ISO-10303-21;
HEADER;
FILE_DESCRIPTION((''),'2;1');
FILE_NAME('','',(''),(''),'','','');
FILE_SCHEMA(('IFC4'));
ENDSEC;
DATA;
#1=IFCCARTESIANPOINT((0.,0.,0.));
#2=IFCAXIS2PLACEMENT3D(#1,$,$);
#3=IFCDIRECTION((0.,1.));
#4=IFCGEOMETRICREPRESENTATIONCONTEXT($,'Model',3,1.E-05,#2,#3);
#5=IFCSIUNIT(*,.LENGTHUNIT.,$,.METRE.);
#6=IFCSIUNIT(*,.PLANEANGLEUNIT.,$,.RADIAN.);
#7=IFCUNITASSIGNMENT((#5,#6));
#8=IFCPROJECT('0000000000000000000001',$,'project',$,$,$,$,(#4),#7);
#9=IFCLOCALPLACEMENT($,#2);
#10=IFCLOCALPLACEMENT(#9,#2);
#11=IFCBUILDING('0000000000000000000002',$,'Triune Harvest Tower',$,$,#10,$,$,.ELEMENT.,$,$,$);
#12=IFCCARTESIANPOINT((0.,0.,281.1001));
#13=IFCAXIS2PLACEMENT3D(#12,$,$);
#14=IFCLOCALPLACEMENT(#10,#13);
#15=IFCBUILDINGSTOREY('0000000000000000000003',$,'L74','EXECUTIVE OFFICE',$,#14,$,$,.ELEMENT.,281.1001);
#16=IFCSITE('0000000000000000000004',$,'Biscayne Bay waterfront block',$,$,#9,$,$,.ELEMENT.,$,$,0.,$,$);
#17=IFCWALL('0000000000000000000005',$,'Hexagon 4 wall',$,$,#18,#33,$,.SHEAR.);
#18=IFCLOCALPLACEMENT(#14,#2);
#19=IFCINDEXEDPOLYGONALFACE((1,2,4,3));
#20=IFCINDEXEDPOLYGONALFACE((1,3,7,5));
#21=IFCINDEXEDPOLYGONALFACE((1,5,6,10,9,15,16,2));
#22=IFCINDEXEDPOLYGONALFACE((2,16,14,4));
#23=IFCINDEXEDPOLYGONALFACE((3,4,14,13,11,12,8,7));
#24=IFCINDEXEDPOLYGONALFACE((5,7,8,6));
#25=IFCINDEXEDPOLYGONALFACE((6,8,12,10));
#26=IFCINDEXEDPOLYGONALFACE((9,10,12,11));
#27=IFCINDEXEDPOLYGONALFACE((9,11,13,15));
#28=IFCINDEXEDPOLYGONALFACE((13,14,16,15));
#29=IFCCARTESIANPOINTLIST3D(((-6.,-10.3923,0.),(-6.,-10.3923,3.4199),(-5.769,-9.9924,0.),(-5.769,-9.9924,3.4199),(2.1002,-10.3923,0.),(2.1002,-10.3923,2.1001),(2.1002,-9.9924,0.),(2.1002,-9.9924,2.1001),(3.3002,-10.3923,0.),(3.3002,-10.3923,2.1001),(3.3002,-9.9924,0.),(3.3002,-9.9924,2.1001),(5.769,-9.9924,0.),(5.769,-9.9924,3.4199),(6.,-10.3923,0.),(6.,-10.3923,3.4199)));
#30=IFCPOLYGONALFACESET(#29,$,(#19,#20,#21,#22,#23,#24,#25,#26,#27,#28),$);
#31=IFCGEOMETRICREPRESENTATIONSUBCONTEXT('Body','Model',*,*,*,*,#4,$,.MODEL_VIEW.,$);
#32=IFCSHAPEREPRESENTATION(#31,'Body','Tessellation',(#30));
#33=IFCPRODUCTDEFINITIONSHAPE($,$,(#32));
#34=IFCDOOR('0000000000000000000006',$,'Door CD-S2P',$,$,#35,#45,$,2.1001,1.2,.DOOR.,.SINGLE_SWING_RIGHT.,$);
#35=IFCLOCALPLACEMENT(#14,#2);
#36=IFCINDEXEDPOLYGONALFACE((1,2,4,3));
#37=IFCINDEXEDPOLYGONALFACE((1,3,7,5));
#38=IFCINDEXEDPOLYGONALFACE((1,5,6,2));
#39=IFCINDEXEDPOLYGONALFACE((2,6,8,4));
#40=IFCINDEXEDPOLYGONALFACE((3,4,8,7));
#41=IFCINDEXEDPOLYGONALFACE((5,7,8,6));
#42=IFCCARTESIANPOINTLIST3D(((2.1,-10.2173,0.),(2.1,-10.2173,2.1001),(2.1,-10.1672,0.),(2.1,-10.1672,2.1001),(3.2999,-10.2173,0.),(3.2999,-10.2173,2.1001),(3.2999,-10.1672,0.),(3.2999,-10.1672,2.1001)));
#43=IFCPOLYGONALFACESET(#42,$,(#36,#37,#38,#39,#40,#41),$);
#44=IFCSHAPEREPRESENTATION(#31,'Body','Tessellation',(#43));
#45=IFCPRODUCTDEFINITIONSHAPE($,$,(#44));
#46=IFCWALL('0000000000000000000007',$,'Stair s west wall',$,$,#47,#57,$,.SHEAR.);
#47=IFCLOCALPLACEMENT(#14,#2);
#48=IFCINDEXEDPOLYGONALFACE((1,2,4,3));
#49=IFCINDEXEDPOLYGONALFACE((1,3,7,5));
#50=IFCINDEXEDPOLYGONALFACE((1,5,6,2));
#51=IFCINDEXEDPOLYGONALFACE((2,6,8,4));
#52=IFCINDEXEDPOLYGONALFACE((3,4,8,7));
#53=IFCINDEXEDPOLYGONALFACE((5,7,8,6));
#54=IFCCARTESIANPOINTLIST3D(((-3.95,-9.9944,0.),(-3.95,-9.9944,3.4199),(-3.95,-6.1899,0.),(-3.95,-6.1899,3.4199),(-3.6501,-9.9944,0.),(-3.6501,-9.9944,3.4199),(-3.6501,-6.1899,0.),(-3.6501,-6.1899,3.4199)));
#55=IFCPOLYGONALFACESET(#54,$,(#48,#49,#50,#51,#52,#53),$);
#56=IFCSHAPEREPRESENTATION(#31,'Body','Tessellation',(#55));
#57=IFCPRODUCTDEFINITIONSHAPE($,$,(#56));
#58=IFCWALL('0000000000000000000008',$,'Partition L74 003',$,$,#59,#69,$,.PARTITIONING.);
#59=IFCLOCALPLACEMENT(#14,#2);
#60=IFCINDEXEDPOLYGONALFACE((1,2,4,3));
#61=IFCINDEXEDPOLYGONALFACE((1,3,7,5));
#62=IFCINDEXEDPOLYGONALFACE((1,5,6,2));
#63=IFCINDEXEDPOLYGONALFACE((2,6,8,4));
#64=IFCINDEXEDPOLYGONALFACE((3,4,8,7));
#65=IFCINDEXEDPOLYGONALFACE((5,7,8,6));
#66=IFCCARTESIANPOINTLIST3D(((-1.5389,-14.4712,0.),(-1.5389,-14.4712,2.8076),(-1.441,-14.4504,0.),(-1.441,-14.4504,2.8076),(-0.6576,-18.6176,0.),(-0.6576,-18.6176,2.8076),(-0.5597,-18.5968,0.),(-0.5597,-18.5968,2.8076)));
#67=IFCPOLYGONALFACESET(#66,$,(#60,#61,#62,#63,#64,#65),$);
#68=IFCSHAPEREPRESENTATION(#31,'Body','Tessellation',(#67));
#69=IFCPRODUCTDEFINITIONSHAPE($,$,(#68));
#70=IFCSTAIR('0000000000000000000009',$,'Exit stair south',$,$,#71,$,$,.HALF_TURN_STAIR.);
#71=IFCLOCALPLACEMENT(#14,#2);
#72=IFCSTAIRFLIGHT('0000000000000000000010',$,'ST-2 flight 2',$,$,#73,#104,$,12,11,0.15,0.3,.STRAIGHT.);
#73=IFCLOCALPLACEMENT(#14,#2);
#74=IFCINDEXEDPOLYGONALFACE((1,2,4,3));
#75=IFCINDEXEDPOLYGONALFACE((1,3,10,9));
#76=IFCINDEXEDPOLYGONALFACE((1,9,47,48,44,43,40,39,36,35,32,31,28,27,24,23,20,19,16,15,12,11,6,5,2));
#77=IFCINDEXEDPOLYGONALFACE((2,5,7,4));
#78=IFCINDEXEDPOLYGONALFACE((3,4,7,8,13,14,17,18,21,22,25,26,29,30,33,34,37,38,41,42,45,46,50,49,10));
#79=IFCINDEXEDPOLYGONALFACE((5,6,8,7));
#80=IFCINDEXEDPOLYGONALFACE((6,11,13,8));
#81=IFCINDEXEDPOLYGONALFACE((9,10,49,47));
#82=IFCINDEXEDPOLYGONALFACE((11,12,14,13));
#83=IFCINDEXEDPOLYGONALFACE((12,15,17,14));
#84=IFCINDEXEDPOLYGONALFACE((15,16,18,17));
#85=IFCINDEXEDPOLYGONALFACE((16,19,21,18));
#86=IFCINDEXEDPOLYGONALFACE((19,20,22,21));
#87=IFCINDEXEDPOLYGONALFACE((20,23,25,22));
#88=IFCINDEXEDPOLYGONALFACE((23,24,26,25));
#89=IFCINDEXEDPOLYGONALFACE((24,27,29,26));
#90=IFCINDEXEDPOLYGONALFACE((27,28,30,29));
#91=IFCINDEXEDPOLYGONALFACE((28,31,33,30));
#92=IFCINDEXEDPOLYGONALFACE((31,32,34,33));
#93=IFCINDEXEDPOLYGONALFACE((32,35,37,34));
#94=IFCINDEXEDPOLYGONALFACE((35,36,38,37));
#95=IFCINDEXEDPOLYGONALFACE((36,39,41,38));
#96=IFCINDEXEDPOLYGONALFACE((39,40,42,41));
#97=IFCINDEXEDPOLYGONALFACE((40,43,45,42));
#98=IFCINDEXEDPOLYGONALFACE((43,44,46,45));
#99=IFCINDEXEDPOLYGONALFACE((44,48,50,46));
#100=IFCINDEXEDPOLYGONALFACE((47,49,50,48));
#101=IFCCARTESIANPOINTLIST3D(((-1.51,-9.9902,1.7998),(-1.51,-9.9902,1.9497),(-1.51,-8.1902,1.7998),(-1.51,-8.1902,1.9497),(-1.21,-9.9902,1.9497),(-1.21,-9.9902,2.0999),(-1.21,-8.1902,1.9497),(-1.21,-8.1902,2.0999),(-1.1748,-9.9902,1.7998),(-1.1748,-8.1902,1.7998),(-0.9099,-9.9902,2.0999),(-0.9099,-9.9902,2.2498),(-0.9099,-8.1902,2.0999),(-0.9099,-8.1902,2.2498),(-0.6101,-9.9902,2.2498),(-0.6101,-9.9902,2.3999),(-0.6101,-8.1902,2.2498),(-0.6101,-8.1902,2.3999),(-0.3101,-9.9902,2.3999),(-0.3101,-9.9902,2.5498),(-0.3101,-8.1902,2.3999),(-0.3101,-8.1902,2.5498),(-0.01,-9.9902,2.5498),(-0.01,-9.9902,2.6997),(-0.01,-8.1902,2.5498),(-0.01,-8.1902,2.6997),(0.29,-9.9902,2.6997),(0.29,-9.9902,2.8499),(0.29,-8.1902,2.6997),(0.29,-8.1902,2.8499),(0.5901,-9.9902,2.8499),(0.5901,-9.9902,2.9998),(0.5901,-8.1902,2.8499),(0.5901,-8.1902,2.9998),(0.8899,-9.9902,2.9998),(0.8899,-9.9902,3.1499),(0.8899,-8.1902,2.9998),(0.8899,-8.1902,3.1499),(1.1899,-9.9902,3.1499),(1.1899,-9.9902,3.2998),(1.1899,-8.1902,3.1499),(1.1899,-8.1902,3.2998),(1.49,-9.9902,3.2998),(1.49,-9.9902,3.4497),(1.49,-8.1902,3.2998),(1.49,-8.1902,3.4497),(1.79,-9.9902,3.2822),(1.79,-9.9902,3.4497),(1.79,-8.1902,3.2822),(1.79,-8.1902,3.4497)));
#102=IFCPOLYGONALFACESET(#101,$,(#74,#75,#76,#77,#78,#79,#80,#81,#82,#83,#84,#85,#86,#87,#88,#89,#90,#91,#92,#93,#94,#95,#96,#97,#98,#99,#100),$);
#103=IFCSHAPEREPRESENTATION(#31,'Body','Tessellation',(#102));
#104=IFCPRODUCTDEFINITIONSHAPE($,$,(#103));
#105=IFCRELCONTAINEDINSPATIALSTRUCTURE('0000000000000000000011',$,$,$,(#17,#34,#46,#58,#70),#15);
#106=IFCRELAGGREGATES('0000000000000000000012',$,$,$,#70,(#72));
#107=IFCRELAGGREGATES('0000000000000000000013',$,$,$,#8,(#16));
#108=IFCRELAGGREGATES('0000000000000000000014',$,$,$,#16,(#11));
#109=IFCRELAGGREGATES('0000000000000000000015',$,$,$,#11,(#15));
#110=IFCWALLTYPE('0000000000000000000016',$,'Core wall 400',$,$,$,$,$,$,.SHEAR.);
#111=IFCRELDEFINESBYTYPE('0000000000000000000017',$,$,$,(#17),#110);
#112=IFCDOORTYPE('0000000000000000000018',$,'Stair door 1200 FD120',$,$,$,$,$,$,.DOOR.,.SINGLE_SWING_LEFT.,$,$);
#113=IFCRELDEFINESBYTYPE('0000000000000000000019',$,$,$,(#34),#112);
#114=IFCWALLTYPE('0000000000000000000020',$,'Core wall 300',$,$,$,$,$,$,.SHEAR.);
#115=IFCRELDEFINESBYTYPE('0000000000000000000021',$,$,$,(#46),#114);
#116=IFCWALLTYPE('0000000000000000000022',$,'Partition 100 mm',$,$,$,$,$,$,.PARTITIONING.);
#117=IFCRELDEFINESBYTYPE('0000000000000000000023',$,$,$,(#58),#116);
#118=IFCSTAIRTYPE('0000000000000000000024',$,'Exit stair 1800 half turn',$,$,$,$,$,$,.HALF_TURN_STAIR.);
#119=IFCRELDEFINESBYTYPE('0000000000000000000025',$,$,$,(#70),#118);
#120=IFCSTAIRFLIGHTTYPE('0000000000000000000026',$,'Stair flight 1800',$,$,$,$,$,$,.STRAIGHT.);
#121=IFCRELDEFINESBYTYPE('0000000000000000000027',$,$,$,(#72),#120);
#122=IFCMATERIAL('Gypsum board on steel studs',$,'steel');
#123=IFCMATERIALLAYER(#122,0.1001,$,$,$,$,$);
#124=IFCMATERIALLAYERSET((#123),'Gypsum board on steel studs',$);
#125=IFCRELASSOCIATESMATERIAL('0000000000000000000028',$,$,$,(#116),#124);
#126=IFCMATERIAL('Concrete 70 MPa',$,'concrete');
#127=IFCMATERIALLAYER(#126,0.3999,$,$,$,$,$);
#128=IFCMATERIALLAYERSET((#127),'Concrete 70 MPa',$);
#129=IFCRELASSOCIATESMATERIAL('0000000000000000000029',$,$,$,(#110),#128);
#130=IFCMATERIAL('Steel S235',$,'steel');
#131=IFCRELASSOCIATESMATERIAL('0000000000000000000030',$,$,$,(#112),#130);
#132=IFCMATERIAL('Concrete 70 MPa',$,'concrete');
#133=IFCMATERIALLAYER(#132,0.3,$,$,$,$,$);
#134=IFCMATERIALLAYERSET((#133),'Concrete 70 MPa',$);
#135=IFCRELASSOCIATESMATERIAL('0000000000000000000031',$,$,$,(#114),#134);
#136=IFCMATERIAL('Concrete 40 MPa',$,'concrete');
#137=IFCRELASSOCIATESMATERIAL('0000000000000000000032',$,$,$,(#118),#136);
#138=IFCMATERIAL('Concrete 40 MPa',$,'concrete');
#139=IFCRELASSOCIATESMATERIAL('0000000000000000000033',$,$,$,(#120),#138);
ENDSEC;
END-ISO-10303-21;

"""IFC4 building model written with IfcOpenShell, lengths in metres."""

from ifc_helpers import new_model, si_unit, direction, frame, frame_2d, origin, place, context, subcontext, project, spatial, polyline, rectangle, outline, extrude, source, transform, mapped, material, layer, layer_set, type_object, element, fill, aggregate, save


model = new_model("IFC4")

# Units and contexts
model_context = context("Model", 3, precision=1e-05, world=origin(), true_north=direction((0.0, 1.0)))
body_context = subcontext(model_context, "Body", "Model", "MODEL_VIEW")
ifc_project = project(units=[si_unit("LENGTHUNIT", "METRE"), si_unit("PLANEANGLEUNIT", "RADIAN")], contexts=[model_context])

# Site, building, storey
site_placement = place(None, origin())
site = spatial("IfcSite", under=ifc_project, at=site_placement, Name="Biscayne Bay waterfront block", CompositionType="ELEMENT", RefElevation=0.0)
building_placement = place(site_placement, origin())
building = spatial("IfcBuilding", under=site, at=building_placement, Name="Triune Harvest Tower", CompositionType="ELEMENT")
storey_placement = place(building_placement, frame((0.0, 0.0, 281.1001)))
storey = spatial("IfcBuildingStorey", under=building, at=storey_placement, Name="L74", Description="EXECUTIVE OFFICE", CompositionType="ELEMENT", Elevation=281.1001)

# Shared definitions
ifc_material_1 = material(Name="Gypsum board on steel studs", Category="steel")
ifc_layer_1 = layer(ifc_material_1, 0.1001)
ifc_layer_set_1 = layer_set([ifc_layer_1], Name="Gypsum board on steel studs")
wall_type_1 = type_object("IfcWallType", Name="Partition 100 mm", PredefinedType="PARTITIONING", material=ifc_layer_set_1)

# Wall, opening, door
ifc_material_2 = material(Name="Concrete 70 MPa", Category="concrete")
ifc_layer_2 = layer(ifc_material_2, 0.3999)
ifc_layer_set_2 = layer_set([ifc_layer_2], Name="Concrete 70 MPa")
wall_type_2 = type_object("IfcWallType", Name="Core wall 400", PredefinedType="SHEAR", material=ifc_layer_set_2)
shared_shape_1 = source(origin(), body_context, "Body", "SweptSolid", [
    extrude(outline(polyline([(-0.1155, -0.2), (11.8845, -0.2), (11.6536, 0.2), (0.1155, 0.2), (-0.1155, -0.2)])), origin(), (0.0, 0.0, 1.0), 3.4199),
])
wall_1_placement = place(storey_placement, frame((-5.8845, -10.1924, 0.0), z_axis=(0.0, 0.0, 1.0), x_axis=(1.0, 0.0, 0.0)))
wall_1 = element("IfcWall", 1, at=wall_1_placement, inside=storey, type_object=wall_type_2, Name="Hexagon 4 wall", PredefinedType="SHEAR", context=body_context, shape_type="MappedRepresentation", body=[
    mapped(shared_shape_1, transform((0.0, 0.0, 0.0), scale=1.0)),
])
opening_1_placement = place(wall_1_placement, frame((7.9846, 0.0, 0.0)))
opening_1 = element("IfcOpeningElement", 2, at=opening_1_placement, cuts=wall_1, PredefinedType="OPENING", context=body_context, shape_type="SweptSolid", body=[
    extrude(rectangle(XDim=1.2, YDim=2.1001, at=frame_2d((0.6001, 1.05))), frame((0.0, 0.21, 0.0), z_axis=(0.0, -1.0, 0.0), x_axis=(1.0, 0.0, 0.0)), (0.0, 0.0, 1.0), 0.4199),
])
ifc_material_3 = material(Name="Steel S235", Category="steel")
door_type_1 = type_object("IfcDoorType", Name="Stair door 1200 FD120", OperationType="SINGLE_SWING_LEFT", PredefinedType="DOOR", material=ifc_material_3)
door_1_placement = place(opening_1_placement, frame((1.2, 0.0, 0.0), z_axis=(0.0, 0.0, 1.0), x_axis=(-1.0, 0.0, 0.0)))
door_1 = element("IfcDoor", 3, at=door_1_placement, inside=storey, type_object=door_type_1, Name="Door CD-S2P", OperationType="SINGLE_SWING_RIGHT", OverallHeight=2.1001, OverallWidth=1.2, PredefinedType="DOOR", context=body_context, shape_type="SweptSolid", body=[
    extrude(rectangle(XDim=1.2, YDim=2.1001, at=frame_2d((0.6001, 1.05))), frame((0.0, 0.0249, 0.0), z_axis=(0.0, -1.0, 0.0), x_axis=(1.0, 0.0, 0.0)), (0.0, 0.0, 1.0), 0.05),
])
fill(opening_1, door_1)

# Walls
ifc_material_4 = material(Name="Concrete 70 MPa", Category="concrete")
ifc_layer_3 = layer(ifc_material_4, 0.3)
ifc_layer_set_3 = layer_set([ifc_layer_3], Name="Concrete 70 MPa")
wall_type_3 = type_object("IfcWallType", Name="Core wall 300", PredefinedType="SHEAR", material=ifc_layer_set_3)
shared_shape_2 = source(origin(), body_context, "Body", "SweptSolid", [
    extrude(outline(polyline([(3.8, -0.1499), (-0.0044, -0.1499), (-0.0044, 0.1499), (3.8, 0.1499), (3.8, -0.1499)])), origin(), (0.0, 0.0, 1.0), 3.4199),
])
wall_2_placement = place(storey_placement, frame((-3.8, -9.99, 0.0), z_axis=(0.0, 0.0, 1.0), x_axis=(0.0, 1.0, 0.0)))
element("IfcWall", 4, at=wall_2_placement, inside=storey, type_object=wall_type_3, Name="Stair s west wall", PredefinedType="SHEAR", context=body_context, shape_type="MappedRepresentation", body=[
    mapped(shared_shape_2, transform((0.0, 0.0, 0.0), scale=1.0)),
])
shared_shape_3 = source(origin(), body_context, "Body", "SweptSolid", [
    extrude(rectangle(XDim=4.239, YDim=0.1001, at=frame_2d((2.1196, 0.0))), origin(), (0.0, 0.0, 1.0), 2.8076),
])
wall_3_placement = place(storey_placement, frame((-1.49, -14.4607, 0.0), z_axis=(0.0, 0.0, 1.0), x_axis=(0.207908, -0.978148, 0.0)))
element("IfcWall", 5, at=wall_3_placement, inside=storey, type_object=wall_type_1, Name="Partition L74 003", PredefinedType="PARTITIONING", context=body_context, shape_type="MappedRepresentation", body=[
    mapped(shared_shape_3, transform((0.0, 0.0, 0.0), scale=1.0)),
])

# Stair, stair flight
ifc_material_5 = material(Name="Concrete 40 MPa", Category="concrete")
stair_type = type_object("IfcStairType", Name="Exit stair 1800 half turn", PredefinedType="HALF_TURN_STAIR", material=ifc_material_5)
stair_placement = place(storey_placement, origin())
stair = element("IfcStair", 6, at=stair_placement, inside=storey, type_object=stair_type, Name="Exit stair south", PredefinedType="HALF_TURN_STAIR")
ifc_material_6 = material(Name="Concrete 40 MPa", Category="concrete")
stair_flight_type = type_object("IfcStairFlightType", Name="Stair flight 1800", PredefinedType="STRAIGHT", material=ifc_material_6)
shared_shape_4 = source(origin(), body_context, "Body", "SweptSolid", [
    extrude(outline(polyline([(0.0, 0.0), (0.0, 0.1499), (0.3, 0.1499), (0.3, 0.3), (0.6001, 0.3), (0.6001, 0.45), (0.8999, 0.45), (0.8999, 0.6001), (1.2, 0.6001), (1.2, 0.75), (1.5, 0.75), (1.5, 0.8999), (1.8, 0.8999), (1.8, 1.05), (2.1001, 1.05), (2.1001, 1.2), (2.3999, 1.2), (2.3999, 1.3501), (2.7, 1.3501), (2.7, 1.5), (3.0, 1.5), (3.0, 1.6499), (3.3, 1.6499), (3.3, 1.8), (3.3, 1.4824), (0.3352, 0.0), (0.0, 0.0)])), frame((0.0, 0.8999, 0.0), z_axis=(0.0, -1.0, 0.0), x_axis=(1.0, 0.0, 0.0)), (0.0, 0.0, 1.0), 1.8),
])
stair_flight_placement = place(storey_placement, frame((-1.51, -9.0901, 1.7998), z_axis=(0.0, 0.0, 1.0), x_axis=(1.0, 0.0, 0.0)))
stair_flight = element("IfcStairFlight", 7, at=stair_flight_placement, type_object=stair_flight_type, Name="ST-2 flight 2", NumberOfRisers=12, NumberOfTreads=11, PredefinedType="STRAIGHT", RiserHeight=0.15, TreadLength=0.3, context=body_context, shape_type="MappedRepresentation", body=[
    mapped(shared_shape_4, transform((0.0, 0.0, 0.0), scale=1.0)),
])
aggregate(stair, [stair_flight])

save(model, "model.ifc")
